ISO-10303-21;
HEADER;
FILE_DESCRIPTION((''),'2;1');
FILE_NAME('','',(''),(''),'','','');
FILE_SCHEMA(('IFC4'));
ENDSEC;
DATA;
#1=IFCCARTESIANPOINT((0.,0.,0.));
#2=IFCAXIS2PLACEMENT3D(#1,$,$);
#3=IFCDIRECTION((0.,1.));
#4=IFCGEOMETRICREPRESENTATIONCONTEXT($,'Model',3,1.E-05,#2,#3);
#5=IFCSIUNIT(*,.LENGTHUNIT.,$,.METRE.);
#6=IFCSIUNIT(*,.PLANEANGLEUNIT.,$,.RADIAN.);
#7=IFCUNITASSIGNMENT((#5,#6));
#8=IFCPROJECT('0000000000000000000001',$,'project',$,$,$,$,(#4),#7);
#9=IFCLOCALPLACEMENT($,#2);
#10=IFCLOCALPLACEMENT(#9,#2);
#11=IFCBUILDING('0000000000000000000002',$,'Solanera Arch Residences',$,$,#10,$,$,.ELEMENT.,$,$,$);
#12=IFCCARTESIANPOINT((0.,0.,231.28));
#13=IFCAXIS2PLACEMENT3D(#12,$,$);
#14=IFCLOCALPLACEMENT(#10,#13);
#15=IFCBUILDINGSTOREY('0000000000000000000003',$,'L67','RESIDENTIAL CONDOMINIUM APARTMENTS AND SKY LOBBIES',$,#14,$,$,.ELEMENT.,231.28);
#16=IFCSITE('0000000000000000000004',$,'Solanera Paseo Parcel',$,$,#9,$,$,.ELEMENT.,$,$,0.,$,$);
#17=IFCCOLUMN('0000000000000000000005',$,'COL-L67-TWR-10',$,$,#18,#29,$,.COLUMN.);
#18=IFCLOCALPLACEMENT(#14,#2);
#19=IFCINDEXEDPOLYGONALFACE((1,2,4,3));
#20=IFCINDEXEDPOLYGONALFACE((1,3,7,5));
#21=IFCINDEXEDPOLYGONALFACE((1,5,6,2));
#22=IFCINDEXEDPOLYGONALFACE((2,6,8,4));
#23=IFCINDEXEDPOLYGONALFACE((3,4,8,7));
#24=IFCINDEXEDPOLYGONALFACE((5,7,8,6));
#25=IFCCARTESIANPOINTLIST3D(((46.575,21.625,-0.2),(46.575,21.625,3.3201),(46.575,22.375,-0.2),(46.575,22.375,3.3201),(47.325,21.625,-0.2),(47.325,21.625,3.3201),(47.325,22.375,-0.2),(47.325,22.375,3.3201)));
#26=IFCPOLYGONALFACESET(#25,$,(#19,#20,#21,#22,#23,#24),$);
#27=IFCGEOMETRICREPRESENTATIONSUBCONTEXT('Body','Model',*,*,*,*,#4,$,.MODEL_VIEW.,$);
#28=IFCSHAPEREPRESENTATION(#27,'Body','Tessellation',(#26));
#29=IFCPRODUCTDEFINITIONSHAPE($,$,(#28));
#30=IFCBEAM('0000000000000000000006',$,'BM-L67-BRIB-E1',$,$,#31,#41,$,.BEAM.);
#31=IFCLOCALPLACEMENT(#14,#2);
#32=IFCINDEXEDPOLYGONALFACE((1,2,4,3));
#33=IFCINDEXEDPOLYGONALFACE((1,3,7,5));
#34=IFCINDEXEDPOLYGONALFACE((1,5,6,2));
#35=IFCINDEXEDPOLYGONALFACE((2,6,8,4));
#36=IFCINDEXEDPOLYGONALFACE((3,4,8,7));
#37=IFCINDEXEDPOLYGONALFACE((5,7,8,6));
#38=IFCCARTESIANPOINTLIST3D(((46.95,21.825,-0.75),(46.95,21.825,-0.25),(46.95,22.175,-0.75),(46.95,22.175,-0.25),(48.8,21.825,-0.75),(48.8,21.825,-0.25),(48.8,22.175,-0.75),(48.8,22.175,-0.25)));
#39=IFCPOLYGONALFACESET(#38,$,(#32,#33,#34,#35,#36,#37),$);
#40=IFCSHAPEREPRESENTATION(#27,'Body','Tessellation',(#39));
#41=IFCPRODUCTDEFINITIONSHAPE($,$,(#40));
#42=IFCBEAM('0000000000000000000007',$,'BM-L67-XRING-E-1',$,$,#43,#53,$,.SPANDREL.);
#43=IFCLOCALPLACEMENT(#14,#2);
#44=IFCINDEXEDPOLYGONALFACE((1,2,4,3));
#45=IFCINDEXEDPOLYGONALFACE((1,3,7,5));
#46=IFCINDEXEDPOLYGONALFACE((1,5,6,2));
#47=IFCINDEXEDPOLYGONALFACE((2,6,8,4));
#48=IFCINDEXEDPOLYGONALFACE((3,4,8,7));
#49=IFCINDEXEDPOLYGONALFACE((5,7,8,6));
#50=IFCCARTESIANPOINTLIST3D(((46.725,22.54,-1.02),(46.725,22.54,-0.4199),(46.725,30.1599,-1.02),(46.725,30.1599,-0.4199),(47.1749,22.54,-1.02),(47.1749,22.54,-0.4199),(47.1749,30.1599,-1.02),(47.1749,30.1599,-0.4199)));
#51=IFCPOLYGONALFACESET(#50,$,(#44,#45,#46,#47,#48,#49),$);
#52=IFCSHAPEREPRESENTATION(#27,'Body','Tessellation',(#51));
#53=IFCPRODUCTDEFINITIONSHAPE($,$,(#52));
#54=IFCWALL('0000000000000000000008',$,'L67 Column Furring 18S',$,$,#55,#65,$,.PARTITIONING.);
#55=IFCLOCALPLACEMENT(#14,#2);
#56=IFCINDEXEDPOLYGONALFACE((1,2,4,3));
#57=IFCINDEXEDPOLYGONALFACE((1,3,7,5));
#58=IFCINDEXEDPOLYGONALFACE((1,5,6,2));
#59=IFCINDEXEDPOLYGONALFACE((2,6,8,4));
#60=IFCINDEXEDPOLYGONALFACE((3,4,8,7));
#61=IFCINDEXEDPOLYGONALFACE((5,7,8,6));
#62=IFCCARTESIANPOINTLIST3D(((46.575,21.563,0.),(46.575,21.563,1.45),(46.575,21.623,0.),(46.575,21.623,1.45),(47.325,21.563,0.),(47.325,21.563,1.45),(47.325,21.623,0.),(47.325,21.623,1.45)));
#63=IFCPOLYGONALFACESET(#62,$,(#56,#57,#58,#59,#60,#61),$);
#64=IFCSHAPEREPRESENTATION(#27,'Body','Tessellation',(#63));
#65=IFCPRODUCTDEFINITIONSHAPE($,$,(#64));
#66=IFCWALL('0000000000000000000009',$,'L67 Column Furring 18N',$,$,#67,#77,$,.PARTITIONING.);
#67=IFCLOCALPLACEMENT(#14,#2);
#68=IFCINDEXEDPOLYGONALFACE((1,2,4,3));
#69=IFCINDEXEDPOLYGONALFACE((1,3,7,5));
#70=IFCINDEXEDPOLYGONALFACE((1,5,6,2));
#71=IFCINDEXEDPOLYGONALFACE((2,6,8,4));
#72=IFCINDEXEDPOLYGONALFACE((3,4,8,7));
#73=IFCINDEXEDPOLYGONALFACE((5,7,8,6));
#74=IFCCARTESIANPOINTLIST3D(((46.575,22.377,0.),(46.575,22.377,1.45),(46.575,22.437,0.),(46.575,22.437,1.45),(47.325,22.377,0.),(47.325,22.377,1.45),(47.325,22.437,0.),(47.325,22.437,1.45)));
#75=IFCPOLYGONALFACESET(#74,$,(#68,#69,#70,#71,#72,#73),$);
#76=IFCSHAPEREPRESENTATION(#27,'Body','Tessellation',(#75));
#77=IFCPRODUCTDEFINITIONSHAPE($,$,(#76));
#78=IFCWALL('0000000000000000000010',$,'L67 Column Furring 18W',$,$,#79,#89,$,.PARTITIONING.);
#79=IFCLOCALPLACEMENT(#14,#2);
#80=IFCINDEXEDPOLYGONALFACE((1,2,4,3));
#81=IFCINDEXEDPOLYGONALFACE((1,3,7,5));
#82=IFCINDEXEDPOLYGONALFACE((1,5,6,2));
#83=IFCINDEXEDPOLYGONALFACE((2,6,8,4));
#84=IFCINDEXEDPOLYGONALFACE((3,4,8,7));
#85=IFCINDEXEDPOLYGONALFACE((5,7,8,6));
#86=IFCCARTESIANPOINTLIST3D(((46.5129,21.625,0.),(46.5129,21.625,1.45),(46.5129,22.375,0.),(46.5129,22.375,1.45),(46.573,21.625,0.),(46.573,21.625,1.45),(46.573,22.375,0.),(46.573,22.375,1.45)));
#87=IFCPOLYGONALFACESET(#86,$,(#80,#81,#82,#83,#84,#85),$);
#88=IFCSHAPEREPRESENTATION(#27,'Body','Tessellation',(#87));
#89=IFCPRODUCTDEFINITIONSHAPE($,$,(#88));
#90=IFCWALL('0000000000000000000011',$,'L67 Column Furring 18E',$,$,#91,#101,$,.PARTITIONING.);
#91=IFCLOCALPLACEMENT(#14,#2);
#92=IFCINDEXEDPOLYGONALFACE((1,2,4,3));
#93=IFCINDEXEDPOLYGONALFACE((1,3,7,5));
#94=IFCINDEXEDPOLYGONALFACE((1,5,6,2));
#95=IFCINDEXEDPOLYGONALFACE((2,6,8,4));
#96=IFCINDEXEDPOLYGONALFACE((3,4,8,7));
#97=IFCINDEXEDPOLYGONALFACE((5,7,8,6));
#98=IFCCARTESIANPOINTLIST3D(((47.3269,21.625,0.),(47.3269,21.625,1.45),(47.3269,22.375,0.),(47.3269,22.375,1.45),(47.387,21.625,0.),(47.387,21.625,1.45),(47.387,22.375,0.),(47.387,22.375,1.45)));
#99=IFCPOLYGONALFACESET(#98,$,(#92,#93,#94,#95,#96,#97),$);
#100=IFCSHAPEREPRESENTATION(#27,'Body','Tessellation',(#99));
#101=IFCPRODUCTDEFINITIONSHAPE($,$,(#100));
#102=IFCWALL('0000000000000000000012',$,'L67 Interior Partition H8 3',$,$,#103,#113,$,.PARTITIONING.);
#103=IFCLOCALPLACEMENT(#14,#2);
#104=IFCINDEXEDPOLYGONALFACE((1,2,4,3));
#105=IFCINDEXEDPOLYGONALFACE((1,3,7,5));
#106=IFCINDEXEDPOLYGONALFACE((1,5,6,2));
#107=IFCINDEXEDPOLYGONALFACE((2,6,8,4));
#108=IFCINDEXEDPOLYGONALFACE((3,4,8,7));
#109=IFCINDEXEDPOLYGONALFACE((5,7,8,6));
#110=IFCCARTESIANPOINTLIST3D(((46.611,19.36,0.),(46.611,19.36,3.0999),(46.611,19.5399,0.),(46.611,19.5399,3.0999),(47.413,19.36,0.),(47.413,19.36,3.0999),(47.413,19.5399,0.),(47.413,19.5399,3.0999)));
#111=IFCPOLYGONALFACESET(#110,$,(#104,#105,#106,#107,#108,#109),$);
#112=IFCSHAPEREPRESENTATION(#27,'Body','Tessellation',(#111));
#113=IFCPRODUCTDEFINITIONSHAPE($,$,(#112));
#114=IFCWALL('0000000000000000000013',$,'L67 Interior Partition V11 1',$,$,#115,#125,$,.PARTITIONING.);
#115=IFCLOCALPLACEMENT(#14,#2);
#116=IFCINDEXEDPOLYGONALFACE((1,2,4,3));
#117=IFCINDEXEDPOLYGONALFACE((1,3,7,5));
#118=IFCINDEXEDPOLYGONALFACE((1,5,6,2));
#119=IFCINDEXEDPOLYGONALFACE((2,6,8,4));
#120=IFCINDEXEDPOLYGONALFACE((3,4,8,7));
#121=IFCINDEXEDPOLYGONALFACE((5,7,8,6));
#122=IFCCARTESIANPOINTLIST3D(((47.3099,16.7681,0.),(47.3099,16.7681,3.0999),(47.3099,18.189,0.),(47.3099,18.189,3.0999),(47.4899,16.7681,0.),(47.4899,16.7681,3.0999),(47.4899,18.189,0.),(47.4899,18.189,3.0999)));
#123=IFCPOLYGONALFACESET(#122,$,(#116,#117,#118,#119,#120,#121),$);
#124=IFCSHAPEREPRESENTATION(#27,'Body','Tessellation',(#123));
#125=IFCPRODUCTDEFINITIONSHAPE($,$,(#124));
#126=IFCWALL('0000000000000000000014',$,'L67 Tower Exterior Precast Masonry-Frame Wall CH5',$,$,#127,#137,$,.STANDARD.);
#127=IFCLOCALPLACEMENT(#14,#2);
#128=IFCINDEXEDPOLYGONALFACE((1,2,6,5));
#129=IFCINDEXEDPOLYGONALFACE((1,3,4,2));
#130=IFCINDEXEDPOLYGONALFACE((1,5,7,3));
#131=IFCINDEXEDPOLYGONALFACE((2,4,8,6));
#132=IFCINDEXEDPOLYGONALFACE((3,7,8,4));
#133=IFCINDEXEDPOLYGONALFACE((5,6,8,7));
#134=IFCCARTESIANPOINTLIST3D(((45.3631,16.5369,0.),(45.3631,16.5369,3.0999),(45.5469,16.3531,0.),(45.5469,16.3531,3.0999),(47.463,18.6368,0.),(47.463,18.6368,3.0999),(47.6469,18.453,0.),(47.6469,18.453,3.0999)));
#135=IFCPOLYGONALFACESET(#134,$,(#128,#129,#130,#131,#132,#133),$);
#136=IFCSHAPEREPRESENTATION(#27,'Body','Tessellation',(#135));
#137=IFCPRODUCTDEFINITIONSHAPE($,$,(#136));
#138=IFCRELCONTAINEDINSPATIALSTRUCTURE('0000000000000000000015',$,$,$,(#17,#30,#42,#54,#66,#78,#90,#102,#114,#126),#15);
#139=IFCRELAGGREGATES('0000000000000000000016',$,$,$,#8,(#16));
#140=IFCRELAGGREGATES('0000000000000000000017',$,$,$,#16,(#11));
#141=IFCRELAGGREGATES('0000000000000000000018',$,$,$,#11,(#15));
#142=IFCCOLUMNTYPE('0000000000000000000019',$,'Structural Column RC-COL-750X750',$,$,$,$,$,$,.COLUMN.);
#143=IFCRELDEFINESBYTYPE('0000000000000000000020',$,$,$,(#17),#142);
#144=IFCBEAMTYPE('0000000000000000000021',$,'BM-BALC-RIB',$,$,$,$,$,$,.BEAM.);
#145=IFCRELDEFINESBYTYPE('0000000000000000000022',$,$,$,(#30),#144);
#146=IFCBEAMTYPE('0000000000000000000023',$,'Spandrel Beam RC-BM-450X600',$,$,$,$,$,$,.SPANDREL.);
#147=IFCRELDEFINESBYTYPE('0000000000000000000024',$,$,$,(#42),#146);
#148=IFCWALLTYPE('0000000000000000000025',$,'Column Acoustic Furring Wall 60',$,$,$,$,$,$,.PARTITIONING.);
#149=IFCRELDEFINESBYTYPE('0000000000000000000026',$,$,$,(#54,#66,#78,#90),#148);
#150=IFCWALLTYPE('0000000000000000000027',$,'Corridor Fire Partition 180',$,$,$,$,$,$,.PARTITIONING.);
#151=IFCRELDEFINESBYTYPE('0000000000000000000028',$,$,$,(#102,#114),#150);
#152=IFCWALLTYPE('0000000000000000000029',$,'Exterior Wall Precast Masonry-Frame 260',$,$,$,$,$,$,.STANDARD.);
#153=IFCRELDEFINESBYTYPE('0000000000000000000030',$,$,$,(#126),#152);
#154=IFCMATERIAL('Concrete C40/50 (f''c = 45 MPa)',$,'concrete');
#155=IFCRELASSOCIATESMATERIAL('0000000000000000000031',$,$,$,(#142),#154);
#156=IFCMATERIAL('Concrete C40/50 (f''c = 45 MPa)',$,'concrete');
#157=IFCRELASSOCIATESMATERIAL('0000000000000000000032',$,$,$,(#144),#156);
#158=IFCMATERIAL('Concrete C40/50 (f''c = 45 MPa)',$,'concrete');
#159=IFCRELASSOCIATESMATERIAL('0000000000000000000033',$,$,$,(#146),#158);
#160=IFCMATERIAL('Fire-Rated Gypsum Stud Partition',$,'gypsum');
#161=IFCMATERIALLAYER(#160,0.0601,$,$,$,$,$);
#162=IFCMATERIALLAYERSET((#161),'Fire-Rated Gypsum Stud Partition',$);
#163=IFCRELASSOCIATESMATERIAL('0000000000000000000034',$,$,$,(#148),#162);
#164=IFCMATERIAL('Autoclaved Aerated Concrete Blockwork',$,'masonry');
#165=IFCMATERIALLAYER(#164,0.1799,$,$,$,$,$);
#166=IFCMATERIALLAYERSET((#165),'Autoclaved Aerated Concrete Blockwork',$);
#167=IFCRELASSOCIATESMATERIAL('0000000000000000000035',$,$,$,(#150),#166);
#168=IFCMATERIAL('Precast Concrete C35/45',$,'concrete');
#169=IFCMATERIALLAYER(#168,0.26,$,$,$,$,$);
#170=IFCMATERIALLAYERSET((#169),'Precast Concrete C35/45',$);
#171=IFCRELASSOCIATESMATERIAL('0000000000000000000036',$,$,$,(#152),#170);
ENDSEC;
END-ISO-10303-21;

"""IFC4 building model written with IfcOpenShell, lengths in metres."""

from ifc_helpers import new_model, si_unit, direction, frame, frame_2d, origin, origin_2d, place, context, subcontext, project, spatial, rectangle, extrude, material, layer, layer_set, material_profile, profile_set, type_object, element, save


model = new_model("IFC4")

# Units and contexts
model_context = context("Model", 3, precision=1e-05, world=origin(), true_north=direction((0.0, 1.0)))
body_context = subcontext(model_context, "Body", "Model", "MODEL_VIEW")
ifc_project = project(units=[si_unit("LENGTHUNIT", "METRE"), si_unit("PLANEANGLEUNIT", "RADIAN")], contexts=[model_context])

# Site, building, storey
site_placement = place(None, origin())
site = spatial("IfcSite", under=ifc_project, at=site_placement, Name="Solanera Paseo Parcel", CompositionType="ELEMENT", RefElevation=0.0)
building_placement = place(site_placement, origin())
building = spatial("IfcBuilding", under=site, at=building_placement, Name="Solanera Arch Residences", CompositionType="ELEMENT")
storey_placement = place(building_placement, frame((0.0, 0.0, 231.28)))
storey = spatial("IfcBuildingStorey", under=building, at=storey_placement, Name="L67", Description="RESIDENTIAL CONDOMINIUM APARTMENTS AND SKY LOBBIES", CompositionType="ELEMENT", Elevation=231.28)

# Column
ifc_material_1 = material(Name="Concrete C40/50 (f'c = 45 MPa)", Category="concrete")
ifc_material_profile_1 = material_profile(ifc_material_1, rectangle(XDim=0.75, YDim=0.75, at=origin_2d()))
ifc_profile_set_1 = profile_set([ifc_material_profile_1], Name="Concrete C40/50 (f'c = 45 MPa)")
column_type = type_object("IfcColumnType", Name="Structural Column RC-COL-750X750", PredefinedType="COLUMN", material=ifc_profile_set_1)
column_placement = place(storey_placement, frame((46.95, 22.0, -0.2), z_axis=(0.0, 0.0, 1.0), x_axis=(1.0, 0.0, 0.0)))
element("IfcColumn", 1, at=column_placement, inside=storey, type_object=column_type, Name="COL-L67-TWR-10", PredefinedType="COLUMN", context=body_context, shape_type="SweptSolid", body=[
    extrude(rectangle(XDim=0.75, YDim=0.75, at=origin_2d()), origin(), (0.0, 0.0, 1.0), 3.52),
])

# Beams
ifc_material_2 = material(Name="Concrete C40/50 (f'c = 45 MPa)", Category="concrete")
ifc_material_profile_2 = material_profile(ifc_material_2, rectangle(XDim=0.3501, YDim=0.5, at=origin_2d()))
ifc_profile_set_2 = profile_set([ifc_material_profile_2], Name="Concrete C40/50 (f'c = 45 MPa)")
beam_type_1 = type_object("IfcBeamType", Name="BM-BALC-RIB", PredefinedType="BEAM", material=ifc_profile_set_2)
beam_1_placement = place(storey_placement, frame((46.95, 22.0, -0.5), z_axis=(1.0, 0.0, 0.0), x_axis=(0.0, 1.0, 0.0)))
element("IfcBeam", 2, at=beam_1_placement, inside=storey, type_object=beam_type_1, Name="BM-L67-BRIB-E1", PredefinedType="BEAM", context=body_context, shape_type="SweptSolid", body=[
    extrude(rectangle(XDim=0.3501, YDim=0.5, at=origin_2d()), origin(), (0.0, 0.0, 1.0), 1.8501),
])
ifc_material_3 = material(Name="Concrete C40/50 (f'c = 45 MPa)", Category="concrete")
ifc_material_profile_3 = material_profile(ifc_material_3, rectangle(XDim=0.45, YDim=0.6001, at=origin_2d()))
ifc_profile_set_3 = profile_set([ifc_material_profile_3], Name="Concrete C40/50 (f'c = 45 MPa)")
beam_type_2 = type_object("IfcBeamType", Name="Spandrel Beam RC-BM-450X600", PredefinedType="SPANDREL", material=ifc_profile_set_3)
beam_2_placement = place(storey_placement, frame((46.95, 22.54, -0.72), z_axis=(0.0, 1.0, 0.0), x_axis=(-1.0, 0.0, 0.0)))
element("IfcBeam", 3, at=beam_2_placement, inside=storey, type_object=beam_type_2, Name="BM-L67-XRING-E-1", PredefinedType="SPANDREL", context=body_context, shape_type="SweptSolid", body=[
    extrude(rectangle(XDim=0.45, YDim=0.6001, at=origin_2d()), origin(), (0.0, 0.0, 1.0), 7.6199),
])

# Walls
ifc_material_4 = material(Name="Fire-Rated Gypsum Stud Partition", Category="gypsum")
ifc_layer_1 = layer(ifc_material_4, 0.0601)
ifc_layer_set_1 = layer_set([ifc_layer_1], Name="Fire-Rated Gypsum Stud Partition")
wall_type_1 = type_object("IfcWallType", Name="Column Acoustic Furring Wall 60", PredefinedType="PARTITIONING", material=ifc_layer_set_1)
for number, where, z_axis, x_axis, name in (
    (4, (46.575, 21.593, 0.0), (0.0, 0.0, 1.0), (1.0, 0.0, 0.0), "L67 Column Furring 18S"),
    (5, (46.575, 22.407, 0.0), (0.0, 0.0, 1.0), (1.0, 0.0, 0.0), "L67 Column Furring 18N"),
    (6, (46.543, 21.625, 0.0), (0.0, 0.0, 1.0), (0.0, 1.0, 0.0), "L67 Column Furring 18W"),
    (7, (47.3569, 21.625, 0.0), (0.0, 0.0, 1.0), (0.0, 1.0, 0.0), "L67 Column Furring 18E"),
):
    element("IfcWall", number, at=place(storey_placement, frame(where, z_axis=z_axis, x_axis=x_axis)), inside=storey, type_object=wall_type_1, Name=name, PredefinedType="PARTITIONING", context=body_context, shape_type="SweptSolid", body=[
        extrude(rectangle(XDim=0.75, YDim=0.0601, at=frame_2d((0.375, 0.0))), origin(), (0.0, 0.0, 1.0), 1.45),
    ])
ifc_material_5 = material(Name="Autoclaved Aerated Concrete Blockwork", Category="masonry")
ifc_layer_2 = layer(ifc_material_5, 0.1799)
ifc_layer_set_2 = layer_set([ifc_layer_2], Name="Autoclaved Aerated Concrete Blockwork")
wall_type_2 = type_object("IfcWallType", Name="Corridor Fire Partition 180", PredefinedType="PARTITIONING", material=ifc_layer_set_2)
wall_1_placement = place(storey_placement, frame((46.6111, 19.45, 0.0), z_axis=(0.0, 0.0, 1.0), x_axis=(1.0, 0.0, 0.0)))
element("IfcWall", 8, at=wall_1_placement, inside=storey, type_object=wall_type_2, Name="L67 Interior Partition H8 3", PredefinedType="PARTITIONING", context=body_context, shape_type="SweptSolid", body=[
    extrude(rectangle(XDim=0.802, YDim=0.1799, at=frame_2d((0.4009, 0.0))), origin(), (0.0, 0.0, 1.0), 3.0999),
])
wall_2_placement = place(storey_placement, frame((47.3999, 16.7681, 0.0), z_axis=(0.0, 0.0, 1.0), x_axis=(0.0, 1.0, 0.0)))
element("IfcWall", 9, at=wall_2_placement, inside=storey, type_object=wall_type_2, Name="L67 Interior Partition V11 1", PredefinedType="PARTITIONING", context=body_context, shape_type="SweptSolid", body=[
    extrude(rectangle(XDim=1.4209, YDim=0.1799, at=frame_2d((0.7104, 0.0))), origin(), (0.0, 0.0, 1.0), 3.0999),
])
ifc_material_6 = material(Name="Precast Concrete C35/45", Category="concrete")
ifc_layer_3 = layer(ifc_material_6, 0.26)
ifc_layer_set_3 = layer_set([ifc_layer_3], Name="Precast Concrete C35/45")
wall_type_3 = type_object("IfcWallType", Name="Exterior Wall Precast Masonry-Frame 260", PredefinedType="STANDARD", material=ifc_layer_set_3)
wall_3_placement = place(storey_placement, frame((47.5549, 18.5449, 0.0), z_axis=(0.0, 0.0, 1.0), x_axis=(-0.707107, -0.707107, 0.0)))
element("IfcWall", 10, at=wall_3_placement, inside=storey, type_object=wall_type_3, Name="L67 Tower Exterior Precast Masonry-Frame Wall CH5", PredefinedType="STANDARD", context=body_context, shape_type="SweptSolid", body=[
    extrude(rectangle(XDim=2.9697, YDim=0.26, at=frame_2d((1.4849, 0.0))), origin(), (0.0, 0.0, 1.0), 3.0999),
])

save(model, "model.ifc")
